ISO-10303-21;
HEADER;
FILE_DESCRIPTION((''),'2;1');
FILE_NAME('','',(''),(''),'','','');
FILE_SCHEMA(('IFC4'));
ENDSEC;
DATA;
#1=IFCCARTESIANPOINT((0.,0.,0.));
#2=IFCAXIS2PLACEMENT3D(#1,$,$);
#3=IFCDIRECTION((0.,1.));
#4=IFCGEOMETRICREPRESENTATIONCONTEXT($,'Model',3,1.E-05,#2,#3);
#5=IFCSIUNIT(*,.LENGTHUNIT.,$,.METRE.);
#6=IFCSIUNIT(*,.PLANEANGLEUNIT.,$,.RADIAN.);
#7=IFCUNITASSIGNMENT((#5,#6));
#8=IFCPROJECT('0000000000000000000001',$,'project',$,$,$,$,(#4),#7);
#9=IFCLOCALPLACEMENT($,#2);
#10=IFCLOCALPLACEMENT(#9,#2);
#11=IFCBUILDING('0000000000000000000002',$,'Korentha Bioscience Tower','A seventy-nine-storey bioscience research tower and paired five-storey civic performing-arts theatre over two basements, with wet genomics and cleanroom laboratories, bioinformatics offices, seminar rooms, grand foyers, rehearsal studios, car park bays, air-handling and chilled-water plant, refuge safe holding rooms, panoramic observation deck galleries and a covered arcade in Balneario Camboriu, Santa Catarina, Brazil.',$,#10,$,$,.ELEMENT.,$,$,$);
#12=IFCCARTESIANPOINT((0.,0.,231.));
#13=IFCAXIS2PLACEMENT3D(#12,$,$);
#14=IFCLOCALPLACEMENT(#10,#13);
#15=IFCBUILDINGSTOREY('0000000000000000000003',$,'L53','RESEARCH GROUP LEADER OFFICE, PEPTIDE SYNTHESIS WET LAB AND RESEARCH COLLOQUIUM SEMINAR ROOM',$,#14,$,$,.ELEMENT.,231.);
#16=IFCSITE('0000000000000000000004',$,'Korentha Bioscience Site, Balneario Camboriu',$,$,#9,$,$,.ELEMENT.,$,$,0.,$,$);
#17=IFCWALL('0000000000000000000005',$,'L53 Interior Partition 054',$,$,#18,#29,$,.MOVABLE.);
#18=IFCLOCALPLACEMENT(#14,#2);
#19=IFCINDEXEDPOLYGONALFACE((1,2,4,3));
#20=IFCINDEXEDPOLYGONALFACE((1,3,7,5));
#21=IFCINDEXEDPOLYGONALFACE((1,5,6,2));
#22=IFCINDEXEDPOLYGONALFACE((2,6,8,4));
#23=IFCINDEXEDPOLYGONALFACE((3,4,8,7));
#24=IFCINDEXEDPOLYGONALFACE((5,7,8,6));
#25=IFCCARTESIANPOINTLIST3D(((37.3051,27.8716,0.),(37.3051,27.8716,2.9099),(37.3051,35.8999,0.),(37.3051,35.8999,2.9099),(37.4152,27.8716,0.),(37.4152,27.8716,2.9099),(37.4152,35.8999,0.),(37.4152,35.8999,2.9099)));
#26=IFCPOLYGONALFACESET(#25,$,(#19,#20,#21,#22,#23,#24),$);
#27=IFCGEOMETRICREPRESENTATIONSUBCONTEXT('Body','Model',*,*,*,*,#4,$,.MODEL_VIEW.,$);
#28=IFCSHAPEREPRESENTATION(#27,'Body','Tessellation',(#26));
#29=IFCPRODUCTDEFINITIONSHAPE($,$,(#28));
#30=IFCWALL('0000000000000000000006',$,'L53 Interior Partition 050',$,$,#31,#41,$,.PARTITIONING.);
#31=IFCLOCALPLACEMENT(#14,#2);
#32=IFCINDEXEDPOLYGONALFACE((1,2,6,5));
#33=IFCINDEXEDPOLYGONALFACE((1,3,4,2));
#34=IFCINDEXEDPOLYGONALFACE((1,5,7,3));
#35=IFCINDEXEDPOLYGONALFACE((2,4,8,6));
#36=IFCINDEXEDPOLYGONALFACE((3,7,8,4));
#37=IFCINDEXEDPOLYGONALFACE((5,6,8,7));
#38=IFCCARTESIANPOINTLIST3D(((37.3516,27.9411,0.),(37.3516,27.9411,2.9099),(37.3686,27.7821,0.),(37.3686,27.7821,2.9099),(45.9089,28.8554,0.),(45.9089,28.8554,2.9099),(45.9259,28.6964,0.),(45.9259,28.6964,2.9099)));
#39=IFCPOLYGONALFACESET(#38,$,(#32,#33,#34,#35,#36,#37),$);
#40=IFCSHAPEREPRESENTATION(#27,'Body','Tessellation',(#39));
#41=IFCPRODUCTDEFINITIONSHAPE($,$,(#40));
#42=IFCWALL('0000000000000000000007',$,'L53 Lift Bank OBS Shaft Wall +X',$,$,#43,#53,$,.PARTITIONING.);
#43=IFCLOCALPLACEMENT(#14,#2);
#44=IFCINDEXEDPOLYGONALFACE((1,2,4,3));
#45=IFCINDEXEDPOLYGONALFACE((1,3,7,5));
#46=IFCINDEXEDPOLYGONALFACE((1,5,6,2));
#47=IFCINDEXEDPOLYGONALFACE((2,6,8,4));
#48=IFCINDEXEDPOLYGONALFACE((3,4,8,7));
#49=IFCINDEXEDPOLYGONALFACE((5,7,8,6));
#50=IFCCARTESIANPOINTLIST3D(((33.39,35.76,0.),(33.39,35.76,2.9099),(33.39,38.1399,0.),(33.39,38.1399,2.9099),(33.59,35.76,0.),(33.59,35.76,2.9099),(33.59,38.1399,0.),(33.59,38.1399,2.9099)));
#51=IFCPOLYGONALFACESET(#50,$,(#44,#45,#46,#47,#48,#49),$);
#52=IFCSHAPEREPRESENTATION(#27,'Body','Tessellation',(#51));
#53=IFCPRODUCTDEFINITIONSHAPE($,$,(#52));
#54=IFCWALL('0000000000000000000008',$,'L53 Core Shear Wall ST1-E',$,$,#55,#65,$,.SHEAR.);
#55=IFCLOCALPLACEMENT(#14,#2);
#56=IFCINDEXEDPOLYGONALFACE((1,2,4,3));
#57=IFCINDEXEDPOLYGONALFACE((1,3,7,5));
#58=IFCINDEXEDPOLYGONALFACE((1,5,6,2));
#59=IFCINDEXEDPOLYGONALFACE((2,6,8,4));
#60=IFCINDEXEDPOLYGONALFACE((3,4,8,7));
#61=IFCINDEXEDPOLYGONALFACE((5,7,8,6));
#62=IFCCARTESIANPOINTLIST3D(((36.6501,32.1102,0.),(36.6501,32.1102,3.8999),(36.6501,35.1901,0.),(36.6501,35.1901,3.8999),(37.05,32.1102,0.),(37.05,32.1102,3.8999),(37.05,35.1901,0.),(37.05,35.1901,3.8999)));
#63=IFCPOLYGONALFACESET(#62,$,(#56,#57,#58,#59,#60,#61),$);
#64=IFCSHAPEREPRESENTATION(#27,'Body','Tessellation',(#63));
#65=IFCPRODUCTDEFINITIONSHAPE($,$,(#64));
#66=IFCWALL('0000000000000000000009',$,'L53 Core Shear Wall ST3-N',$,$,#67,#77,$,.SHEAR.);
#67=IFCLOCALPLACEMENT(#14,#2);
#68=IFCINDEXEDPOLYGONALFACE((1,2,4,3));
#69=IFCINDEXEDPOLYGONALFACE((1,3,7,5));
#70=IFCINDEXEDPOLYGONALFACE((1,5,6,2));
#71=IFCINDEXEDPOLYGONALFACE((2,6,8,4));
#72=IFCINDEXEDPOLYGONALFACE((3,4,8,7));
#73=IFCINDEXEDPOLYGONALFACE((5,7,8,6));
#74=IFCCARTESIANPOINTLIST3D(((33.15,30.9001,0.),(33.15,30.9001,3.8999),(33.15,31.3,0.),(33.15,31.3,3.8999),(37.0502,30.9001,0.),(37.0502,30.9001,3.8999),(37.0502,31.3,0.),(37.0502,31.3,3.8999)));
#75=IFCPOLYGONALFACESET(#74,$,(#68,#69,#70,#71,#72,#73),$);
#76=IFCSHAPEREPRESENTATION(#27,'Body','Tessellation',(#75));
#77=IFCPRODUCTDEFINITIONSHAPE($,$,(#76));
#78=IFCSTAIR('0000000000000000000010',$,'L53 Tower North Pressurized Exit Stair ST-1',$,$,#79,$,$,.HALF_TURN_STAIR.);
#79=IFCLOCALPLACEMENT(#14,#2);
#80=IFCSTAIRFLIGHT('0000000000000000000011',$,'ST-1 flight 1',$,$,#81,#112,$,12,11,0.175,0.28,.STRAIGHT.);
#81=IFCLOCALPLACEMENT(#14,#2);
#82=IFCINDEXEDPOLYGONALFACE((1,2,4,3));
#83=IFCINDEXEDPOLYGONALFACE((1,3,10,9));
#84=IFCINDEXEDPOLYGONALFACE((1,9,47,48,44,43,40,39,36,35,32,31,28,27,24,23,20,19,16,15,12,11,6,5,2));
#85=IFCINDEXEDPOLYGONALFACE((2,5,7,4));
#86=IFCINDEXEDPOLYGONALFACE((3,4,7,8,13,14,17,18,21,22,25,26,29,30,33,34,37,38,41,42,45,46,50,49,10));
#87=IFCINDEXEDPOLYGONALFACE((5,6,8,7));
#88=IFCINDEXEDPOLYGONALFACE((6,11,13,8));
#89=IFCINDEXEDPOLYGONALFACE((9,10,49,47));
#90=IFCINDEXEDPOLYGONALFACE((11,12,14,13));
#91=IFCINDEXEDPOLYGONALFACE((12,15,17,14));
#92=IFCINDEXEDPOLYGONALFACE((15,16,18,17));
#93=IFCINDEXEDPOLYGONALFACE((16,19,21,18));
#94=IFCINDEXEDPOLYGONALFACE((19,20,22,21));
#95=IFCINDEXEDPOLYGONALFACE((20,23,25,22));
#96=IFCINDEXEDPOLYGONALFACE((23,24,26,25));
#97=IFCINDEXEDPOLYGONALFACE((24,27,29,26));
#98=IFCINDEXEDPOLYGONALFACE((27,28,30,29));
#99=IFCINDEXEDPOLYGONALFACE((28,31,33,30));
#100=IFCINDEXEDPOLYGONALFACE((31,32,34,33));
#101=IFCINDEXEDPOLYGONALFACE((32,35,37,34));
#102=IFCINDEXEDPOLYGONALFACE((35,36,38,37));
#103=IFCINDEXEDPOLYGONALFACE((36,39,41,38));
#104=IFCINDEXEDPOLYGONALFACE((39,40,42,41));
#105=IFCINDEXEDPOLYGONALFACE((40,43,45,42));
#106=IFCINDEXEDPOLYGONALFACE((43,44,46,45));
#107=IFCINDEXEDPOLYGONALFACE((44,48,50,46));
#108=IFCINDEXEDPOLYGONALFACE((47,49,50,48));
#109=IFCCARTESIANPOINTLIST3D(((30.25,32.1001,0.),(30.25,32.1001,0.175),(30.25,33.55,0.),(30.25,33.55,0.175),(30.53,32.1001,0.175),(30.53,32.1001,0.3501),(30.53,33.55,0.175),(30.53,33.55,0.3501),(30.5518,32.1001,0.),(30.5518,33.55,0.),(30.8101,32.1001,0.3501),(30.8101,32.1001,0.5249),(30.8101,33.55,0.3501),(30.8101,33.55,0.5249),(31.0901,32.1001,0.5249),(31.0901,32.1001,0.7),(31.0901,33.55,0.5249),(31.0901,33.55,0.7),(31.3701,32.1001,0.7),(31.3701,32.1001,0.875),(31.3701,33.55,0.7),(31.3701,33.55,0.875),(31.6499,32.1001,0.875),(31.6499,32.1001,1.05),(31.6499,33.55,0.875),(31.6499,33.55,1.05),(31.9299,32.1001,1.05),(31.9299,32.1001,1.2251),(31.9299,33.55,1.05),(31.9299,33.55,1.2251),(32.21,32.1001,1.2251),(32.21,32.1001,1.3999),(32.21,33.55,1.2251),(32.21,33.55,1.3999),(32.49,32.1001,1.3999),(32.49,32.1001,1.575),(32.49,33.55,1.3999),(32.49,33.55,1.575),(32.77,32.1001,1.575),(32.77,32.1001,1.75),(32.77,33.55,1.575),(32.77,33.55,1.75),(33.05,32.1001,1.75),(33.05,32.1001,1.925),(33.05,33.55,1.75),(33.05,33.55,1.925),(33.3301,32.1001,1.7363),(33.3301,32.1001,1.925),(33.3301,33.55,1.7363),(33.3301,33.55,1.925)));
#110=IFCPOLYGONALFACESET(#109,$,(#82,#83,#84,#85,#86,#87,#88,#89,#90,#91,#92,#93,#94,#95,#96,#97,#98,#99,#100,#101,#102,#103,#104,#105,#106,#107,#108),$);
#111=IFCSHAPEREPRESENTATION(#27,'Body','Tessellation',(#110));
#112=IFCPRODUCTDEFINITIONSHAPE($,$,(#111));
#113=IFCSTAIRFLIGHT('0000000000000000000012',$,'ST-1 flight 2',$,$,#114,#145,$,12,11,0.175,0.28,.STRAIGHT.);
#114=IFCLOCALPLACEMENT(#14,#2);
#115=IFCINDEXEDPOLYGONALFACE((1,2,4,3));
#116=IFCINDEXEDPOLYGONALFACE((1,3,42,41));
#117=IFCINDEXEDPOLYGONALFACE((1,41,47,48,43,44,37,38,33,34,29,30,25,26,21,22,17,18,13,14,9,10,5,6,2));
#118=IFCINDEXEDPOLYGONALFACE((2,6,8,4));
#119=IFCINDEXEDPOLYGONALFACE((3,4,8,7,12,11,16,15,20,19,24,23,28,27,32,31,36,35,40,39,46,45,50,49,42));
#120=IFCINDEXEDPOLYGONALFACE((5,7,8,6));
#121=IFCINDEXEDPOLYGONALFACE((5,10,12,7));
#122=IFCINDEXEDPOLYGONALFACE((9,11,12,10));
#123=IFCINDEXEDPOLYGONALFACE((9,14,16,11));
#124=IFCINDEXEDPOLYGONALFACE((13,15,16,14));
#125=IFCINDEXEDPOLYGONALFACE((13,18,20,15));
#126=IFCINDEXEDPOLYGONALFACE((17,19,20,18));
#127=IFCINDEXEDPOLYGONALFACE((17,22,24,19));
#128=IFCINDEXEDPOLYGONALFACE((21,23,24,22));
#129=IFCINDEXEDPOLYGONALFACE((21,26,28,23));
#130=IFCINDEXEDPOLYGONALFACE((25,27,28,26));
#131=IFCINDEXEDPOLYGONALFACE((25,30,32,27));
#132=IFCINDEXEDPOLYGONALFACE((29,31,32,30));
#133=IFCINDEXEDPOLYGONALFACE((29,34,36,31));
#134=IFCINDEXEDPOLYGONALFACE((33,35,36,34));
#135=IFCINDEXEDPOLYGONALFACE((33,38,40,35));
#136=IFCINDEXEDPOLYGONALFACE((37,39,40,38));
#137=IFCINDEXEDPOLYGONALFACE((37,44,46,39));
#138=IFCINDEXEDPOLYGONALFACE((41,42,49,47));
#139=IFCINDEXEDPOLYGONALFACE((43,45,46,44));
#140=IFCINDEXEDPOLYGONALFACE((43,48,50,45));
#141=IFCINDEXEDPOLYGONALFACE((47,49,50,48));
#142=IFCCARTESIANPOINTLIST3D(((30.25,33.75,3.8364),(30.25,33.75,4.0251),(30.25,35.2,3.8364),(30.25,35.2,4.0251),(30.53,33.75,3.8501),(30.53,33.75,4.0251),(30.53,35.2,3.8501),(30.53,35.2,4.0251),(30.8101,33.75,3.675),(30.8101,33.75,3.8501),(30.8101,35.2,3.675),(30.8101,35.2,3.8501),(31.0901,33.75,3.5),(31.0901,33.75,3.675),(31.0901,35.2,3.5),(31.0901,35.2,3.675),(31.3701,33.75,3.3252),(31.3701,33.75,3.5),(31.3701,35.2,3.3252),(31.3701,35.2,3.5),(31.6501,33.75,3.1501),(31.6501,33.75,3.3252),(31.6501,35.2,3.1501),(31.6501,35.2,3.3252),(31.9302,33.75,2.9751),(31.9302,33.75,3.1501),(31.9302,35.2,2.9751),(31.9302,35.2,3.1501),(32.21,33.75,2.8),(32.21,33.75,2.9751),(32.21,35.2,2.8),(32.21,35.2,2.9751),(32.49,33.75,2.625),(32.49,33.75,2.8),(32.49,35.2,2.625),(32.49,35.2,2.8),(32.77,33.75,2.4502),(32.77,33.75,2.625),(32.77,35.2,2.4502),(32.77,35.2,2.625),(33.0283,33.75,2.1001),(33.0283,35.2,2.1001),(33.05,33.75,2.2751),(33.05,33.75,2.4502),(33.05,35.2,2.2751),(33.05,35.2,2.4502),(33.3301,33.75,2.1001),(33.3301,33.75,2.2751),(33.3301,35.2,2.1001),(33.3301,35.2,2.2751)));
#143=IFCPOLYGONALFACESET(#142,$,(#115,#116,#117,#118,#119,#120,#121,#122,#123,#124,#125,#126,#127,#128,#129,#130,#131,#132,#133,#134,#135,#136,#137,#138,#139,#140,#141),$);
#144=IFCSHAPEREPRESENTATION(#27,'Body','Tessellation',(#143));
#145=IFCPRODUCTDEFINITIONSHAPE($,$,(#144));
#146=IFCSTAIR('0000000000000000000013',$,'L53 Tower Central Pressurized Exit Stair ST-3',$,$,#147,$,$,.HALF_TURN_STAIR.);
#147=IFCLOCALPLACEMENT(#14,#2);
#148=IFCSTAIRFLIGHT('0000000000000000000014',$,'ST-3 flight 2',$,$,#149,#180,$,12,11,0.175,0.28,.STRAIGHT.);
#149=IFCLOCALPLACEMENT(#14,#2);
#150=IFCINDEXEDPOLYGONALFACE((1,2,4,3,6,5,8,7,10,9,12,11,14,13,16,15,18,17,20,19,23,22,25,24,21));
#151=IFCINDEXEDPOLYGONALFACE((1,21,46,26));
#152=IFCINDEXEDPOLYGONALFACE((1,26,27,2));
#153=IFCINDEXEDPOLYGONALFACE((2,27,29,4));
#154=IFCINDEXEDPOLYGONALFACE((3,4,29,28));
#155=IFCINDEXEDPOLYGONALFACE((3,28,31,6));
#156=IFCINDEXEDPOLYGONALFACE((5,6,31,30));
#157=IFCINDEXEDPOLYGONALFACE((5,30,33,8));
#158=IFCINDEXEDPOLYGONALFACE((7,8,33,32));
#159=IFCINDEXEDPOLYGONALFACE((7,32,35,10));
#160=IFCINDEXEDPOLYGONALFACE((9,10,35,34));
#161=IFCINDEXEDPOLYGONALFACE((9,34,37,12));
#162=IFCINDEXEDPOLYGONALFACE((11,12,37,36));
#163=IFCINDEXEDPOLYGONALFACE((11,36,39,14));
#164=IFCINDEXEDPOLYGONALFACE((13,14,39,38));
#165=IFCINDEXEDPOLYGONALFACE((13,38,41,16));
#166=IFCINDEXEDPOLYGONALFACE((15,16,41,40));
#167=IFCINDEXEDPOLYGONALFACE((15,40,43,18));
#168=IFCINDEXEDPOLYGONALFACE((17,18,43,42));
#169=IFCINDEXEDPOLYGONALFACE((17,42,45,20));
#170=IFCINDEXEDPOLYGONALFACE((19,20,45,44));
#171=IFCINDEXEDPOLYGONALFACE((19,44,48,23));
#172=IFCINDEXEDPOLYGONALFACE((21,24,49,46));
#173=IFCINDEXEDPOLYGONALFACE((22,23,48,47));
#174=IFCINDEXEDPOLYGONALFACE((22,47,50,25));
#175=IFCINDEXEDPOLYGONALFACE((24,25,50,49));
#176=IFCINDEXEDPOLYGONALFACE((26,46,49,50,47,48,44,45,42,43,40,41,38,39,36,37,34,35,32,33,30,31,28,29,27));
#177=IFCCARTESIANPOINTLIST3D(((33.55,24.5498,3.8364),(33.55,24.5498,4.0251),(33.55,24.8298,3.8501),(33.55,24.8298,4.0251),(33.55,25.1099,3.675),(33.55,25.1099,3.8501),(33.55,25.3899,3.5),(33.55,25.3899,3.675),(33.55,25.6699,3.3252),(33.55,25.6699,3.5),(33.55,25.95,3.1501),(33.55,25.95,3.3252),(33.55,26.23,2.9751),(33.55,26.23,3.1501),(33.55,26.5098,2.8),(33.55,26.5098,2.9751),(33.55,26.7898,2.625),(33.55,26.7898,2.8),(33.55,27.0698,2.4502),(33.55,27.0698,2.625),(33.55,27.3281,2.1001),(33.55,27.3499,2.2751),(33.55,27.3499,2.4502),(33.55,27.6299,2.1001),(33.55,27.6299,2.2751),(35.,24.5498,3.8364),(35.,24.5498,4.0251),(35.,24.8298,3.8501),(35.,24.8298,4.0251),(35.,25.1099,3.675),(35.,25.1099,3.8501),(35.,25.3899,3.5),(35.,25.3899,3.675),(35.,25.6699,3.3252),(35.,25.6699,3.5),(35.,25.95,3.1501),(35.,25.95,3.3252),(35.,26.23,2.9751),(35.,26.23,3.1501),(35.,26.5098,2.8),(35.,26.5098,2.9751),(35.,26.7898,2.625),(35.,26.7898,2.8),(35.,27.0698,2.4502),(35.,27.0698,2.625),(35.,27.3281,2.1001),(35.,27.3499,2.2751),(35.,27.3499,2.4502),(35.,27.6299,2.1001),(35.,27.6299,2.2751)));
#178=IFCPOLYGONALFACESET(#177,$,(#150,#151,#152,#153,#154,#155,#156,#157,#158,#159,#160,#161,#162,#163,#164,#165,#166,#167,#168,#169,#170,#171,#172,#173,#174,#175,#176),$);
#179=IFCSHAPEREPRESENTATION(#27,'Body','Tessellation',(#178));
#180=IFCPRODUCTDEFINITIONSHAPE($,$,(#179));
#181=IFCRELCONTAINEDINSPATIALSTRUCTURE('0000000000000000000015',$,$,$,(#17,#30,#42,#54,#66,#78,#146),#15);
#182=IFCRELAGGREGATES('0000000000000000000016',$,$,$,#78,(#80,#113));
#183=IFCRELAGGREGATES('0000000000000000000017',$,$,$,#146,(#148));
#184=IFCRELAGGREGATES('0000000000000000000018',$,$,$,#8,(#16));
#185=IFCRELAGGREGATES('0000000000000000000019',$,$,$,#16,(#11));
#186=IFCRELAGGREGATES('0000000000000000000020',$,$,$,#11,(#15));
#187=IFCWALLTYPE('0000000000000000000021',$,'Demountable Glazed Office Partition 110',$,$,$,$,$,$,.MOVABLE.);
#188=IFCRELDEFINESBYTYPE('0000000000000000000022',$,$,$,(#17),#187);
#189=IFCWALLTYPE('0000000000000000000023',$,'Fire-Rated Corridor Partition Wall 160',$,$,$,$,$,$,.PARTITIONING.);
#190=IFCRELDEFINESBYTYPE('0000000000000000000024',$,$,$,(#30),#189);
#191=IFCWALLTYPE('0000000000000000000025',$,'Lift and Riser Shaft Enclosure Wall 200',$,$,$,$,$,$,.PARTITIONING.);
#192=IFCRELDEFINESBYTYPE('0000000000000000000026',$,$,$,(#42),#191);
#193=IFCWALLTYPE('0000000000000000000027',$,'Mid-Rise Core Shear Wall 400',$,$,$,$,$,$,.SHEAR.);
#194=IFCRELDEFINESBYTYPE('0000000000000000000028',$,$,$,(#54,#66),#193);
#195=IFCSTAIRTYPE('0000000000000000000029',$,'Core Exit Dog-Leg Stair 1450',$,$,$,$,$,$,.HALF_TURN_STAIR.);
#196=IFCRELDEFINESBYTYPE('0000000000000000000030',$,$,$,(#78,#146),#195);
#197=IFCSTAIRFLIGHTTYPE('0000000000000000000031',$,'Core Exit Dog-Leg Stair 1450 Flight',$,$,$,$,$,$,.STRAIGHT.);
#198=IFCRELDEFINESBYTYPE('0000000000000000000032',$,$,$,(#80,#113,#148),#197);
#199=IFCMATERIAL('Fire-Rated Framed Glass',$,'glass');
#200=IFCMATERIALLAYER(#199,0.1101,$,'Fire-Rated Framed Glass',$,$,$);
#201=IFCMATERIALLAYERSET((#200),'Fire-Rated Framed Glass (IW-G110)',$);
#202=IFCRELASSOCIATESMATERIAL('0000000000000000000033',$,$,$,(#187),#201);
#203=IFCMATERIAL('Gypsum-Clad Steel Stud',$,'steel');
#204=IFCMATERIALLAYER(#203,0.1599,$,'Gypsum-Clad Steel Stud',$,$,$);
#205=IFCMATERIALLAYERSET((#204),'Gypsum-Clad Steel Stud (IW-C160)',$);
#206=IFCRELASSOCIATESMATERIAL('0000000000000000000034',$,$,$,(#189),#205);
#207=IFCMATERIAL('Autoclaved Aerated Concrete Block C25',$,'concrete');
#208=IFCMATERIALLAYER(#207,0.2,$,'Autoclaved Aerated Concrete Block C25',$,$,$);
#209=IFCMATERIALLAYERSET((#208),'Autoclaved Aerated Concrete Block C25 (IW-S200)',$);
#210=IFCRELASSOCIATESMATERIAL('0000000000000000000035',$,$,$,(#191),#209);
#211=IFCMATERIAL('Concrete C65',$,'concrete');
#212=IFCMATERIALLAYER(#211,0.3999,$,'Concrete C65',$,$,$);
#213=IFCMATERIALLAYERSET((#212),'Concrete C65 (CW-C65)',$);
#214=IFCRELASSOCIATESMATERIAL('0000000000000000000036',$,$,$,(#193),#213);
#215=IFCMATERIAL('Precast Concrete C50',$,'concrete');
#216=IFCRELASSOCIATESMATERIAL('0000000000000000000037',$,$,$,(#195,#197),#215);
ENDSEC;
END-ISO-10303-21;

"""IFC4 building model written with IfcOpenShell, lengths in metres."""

from ifc_helpers import new_model, si_unit, direction, frame, frame_2d, origin, place, context, subcontext, project, spatial, polyline, rectangle, outline, extrude, material, layer, layer_set, type_object, element, aggregate, save


model = new_model("IFC4")

# Units and contexts
model_context = context("Model", 3, precision=1e-05, world=origin(), true_north=direction((0.0, 1.0)))
body_context = subcontext(model_context, "Body", "Model", "MODEL_VIEW")
ifc_project = project(units=[si_unit("LENGTHUNIT", "METRE"), si_unit("PLANEANGLEUNIT", "RADIAN")], contexts=[model_context])

# Site, building, storey
site_placement = place(None, origin())
site = spatial("IfcSite", under=ifc_project, at=site_placement, Name="Korentha Bioscience Site, Balneario Camboriu", CompositionType="ELEMENT", RefElevation=0.0)
building_placement = place(site_placement, origin())
building = spatial("IfcBuilding", under=site, at=building_placement, Name="Korentha Bioscience Tower", Description="A seventy-nine-storey bioscience research tower and paired five-storey civic performing-arts theatre over two basements, with wet genomics and cleanroom laboratories, bioinformatics offices, seminar rooms, grand foyers, rehearsal studios, car park bays, air-handling and chilled-water plant, refuge safe holding rooms, panoramic observation deck galleries and a covered arcade in Balneario Camboriu, Santa Catarina, Brazil.", CompositionType="ELEMENT")
storey_placement = place(building_placement, frame((0.0, 0.0, 231.0)))
storey = spatial("IfcBuildingStorey", under=building, at=storey_placement, Name="L53", Description="RESEARCH GROUP LEADER OFFICE, PEPTIDE SYNTHESIS WET LAB AND RESEARCH COLLOQUIUM SEMINAR ROOM", CompositionType="ELEMENT", Elevation=231.0)

# Shared definitions
ifc_material_1 = material(Name="Concrete C65", Category="concrete")

# Walls
ifc_material_2 = material(Name="Fire-Rated Framed Glass", Category="glass")
ifc_layer_1 = layer(ifc_material_2, 0.1101, Name="Fire-Rated Framed Glass")
ifc_layer_set_1 = layer_set([ifc_layer_1], Name="Fire-Rated Framed Glass (IW-G110)")
wall_type_1 = type_object("IfcWallType", Name="Demountable Glazed Office Partition 110", PredefinedType="MOVABLE", material=ifc_layer_set_1)
wall_1_placement = place(storey_placement, frame((37.3601, 27.8716, 0.0), z_axis=(0.0, 0.0, 1.0), x_axis=(0.0, 1.0, 0.0)))
element("IfcWall", 1, at=wall_1_placement, inside=storey, type_object=wall_type_1, Name="L53 Interior Partition 054", PredefinedType="MOVABLE", context=body_context, shape_type="SweptSolid", body=[
    extrude(rectangle(XDim=8.0283, YDim=0.1101, at=frame_2d((4.0142, 0.0))), origin(), (0.0, 0.0, 1.0), 2.9099),
])
ifc_material_3 = material(Name="Gypsum-Clad Steel Stud", Category="steel")
ifc_layer_2 = layer(ifc_material_3, 0.1599, Name="Gypsum-Clad Steel Stud")
ifc_layer_set_2 = layer_set([ifc_layer_2], Name="Gypsum-Clad Steel Stud (IW-C160)")
wall_type_2 = type_object("IfcWallType", Name="Fire-Rated Corridor Partition Wall 160", PredefinedType="PARTITIONING", material=ifc_layer_set_2)
wall_2_placement = place(storey_placement, frame((37.3601, 27.8616, 0.0), z_axis=(0.0, 0.0, 1.0), x_axis=(0.994341, 0.10624, 0.0)))
element("IfcWall", 2, at=wall_2_placement, inside=storey, type_object=wall_type_2, Name="L53 Interior Partition 050", PredefinedType="PARTITIONING", context=body_context, shape_type="SweptSolid", body=[
    extrude(rectangle(XDim=8.606, YDim=0.1599, at=frame_2d((4.303, 0.0))), origin(), (0.0, 0.0, 1.0), 2.9099),
])
ifc_material_4 = material(Name="Autoclaved Aerated Concrete Block C25", Category="concrete")
ifc_layer_3 = layer(ifc_material_4, 0.2, Name="Autoclaved Aerated Concrete Block C25")
ifc_layer_set_3 = layer_set([ifc_layer_3], Name="Autoclaved Aerated Concrete Block C25 (IW-S200)")
wall_type_3 = type_object("IfcWallType", Name="Lift and Riser Shaft Enclosure Wall 200", PredefinedType="PARTITIONING", material=ifc_layer_set_3)
wall_3_placement = place(storey_placement, frame((33.49, 35.76, 0.0), z_axis=(0.0, 0.0, 1.0), x_axis=(0.0, 1.0, 0.0)))
element("IfcWall", 3, at=wall_3_placement, inside=storey, type_object=wall_type_3, Name="L53 Lift Bank OBS Shaft Wall +X", PredefinedType="PARTITIONING", context=body_context, shape_type="SweptSolid", body=[
    extrude(rectangle(XDim=2.3799, YDim=0.2, at=frame_2d((1.1899, 0.0))), origin(), (0.0, 0.0, 1.0), 2.9099),
])
ifc_layer_4 = layer(ifc_material_1, 0.3999, Name="Concrete C65")
ifc_layer_set_4 = layer_set([ifc_layer_4], Name="Concrete C65 (CW-C65)")
wall_type_4 = type_object("IfcWallType", Name="Mid-Rise Core Shear Wall 400", PredefinedType="SHEAR", material=ifc_layer_set_4)
wall_4_placement = place(storey_placement, frame((36.8501, 32.1101, 0.0), z_axis=(0.0, 0.0, 1.0), x_axis=(0.0, 1.0, 0.0)))
element("IfcWall", 4, at=wall_4_placement, inside=storey, type_object=wall_type_4, Name="L53 Core Shear Wall ST1-E", PredefinedType="SHEAR", context=body_context, shape_type="SweptSolid", body=[
    extrude(rectangle(XDim=3.0798, YDim=0.3999, at=frame_2d((1.54, 0.0))), origin(), (0.0, 0.0, 1.0), 3.8999),
])
wall_5_placement = place(storey_placement, frame((33.1499, 31.1001, 0.0), z_axis=(0.0, 0.0, 1.0), x_axis=(1.0, 0.0, 0.0)))
element("IfcWall", 5, at=wall_5_placement, inside=storey, type_object=wall_type_4, Name="L53 Core Shear Wall ST3-N", PredefinedType="SHEAR", context=body_context, shape_type="SweptSolid", body=[
    extrude(rectangle(XDim=3.9001, YDim=0.3999, at=frame_2d((1.9502, 0.0))), origin(), (0.0, 0.0, 1.0), 3.8999),
])

# Stair, stair flights
ifc_material_5 = material(Name="Precast Concrete C50", Category="concrete")
stair_type = type_object("IfcStairType", Name="Core Exit Dog-Leg Stair 1450", PredefinedType="HALF_TURN_STAIR", material=ifc_material_5)
stair_1_placement = place(storey_placement, origin())
stair_1 = element("IfcStair", 6, at=stair_1_placement, inside=storey, type_object=stair_type, Name="L53 Tower North Pressurized Exit Stair ST-1", PredefinedType="HALF_TURN_STAIR")
stair_flight_type = type_object("IfcStairFlightType", Name="Core Exit Dog-Leg Stair 1450 Flight", PredefinedType="STRAIGHT", material=ifc_material_5)
stair_flight_1_placement = place(storey_placement, frame((30.25, 32.825, 0.0), z_axis=(0.0, 0.0, 1.0), x_axis=(1.0, 0.0, 0.0)))
stair_flight_1 = element("IfcStairFlight", 7, at=stair_flight_1_placement, type_object=stair_flight_type, Name="ST-1 flight 1", NumberOfRisers=12, NumberOfTreads=11, PredefinedType="STRAIGHT", RiserHeight=0.175, TreadLength=0.28, context=body_context, shape_type="SweptSolid", body=[
    extrude(outline(polyline([(0.0, 0.0), (0.0, 0.175), (0.28, 0.175), (0.28, 0.3501), (0.5601, 0.3501), (0.5601, 0.5249), (0.8401, 0.5249), (0.8401, 0.7), (1.1201, 0.7), (1.1201, 0.875), (1.3999, 0.875), (1.3999, 1.05), (1.6799, 1.05), (1.6799, 1.2251), (1.96, 1.2251), (1.96, 1.3999), (2.24, 1.3999), (2.24, 1.575), (2.52, 1.575), (2.52, 1.75), (2.8, 1.75), (2.8, 1.925), (3.0801, 1.925), (3.0801, 2.1001), (3.0801, 1.7363), (0.3018, 0.0), (0.0, 0.0)])), frame((0.0, 0.7251, 0.0), z_axis=(0.0, -1.0, 0.0), x_axis=(1.0, 0.0, 0.0)), (0.0, 0.0, 1.0), 1.45),
])
stair_flight_2_placement = place(storey_placement, frame((33.3301, 34.4751, 2.1001), z_axis=(0.0, 0.0, 1.0), x_axis=(-1.0, 0.0, 0.0)))
stair_flight_2 = element("IfcStairFlight", 8, at=stair_flight_2_placement, type_object=stair_flight_type, Name="ST-1 flight 2", NumberOfRisers=12, NumberOfTreads=11, PredefinedType="STRAIGHT", RiserHeight=0.175, TreadLength=0.28, context=body_context, shape_type="SweptSolid", body=[
    extrude(outline(polyline([(0.0, 0.0), (0.0, 0.175), (0.28, 0.175), (0.28, 0.3501), (0.5601, 0.3501), (0.5601, 0.5249), (0.8401, 0.5249), (0.8401, 0.7), (1.1201, 0.7), (1.1201, 0.875), (1.3999, 0.875), (1.3999, 1.05), (1.6799, 1.05), (1.6799, 1.2251), (1.96, 1.2251), (1.96, 1.3999), (2.24, 1.3999), (2.24, 1.575), (2.52, 1.575), (2.52, 1.75), (2.8, 1.75), (2.8, 1.925), (3.0801, 1.925), (3.0801, 2.1001), (3.0801, 1.7363), (0.3018, 0.0), (0.0, 0.0)])), frame((0.0, 0.7251, 0.0), z_axis=(0.0, -1.0, 0.0), x_axis=(1.0, 0.0, 0.0)), (0.0, 0.0, 1.0), 1.45),
])
aggregate(stair_1, [stair_flight_1, stair_flight_2])

# Stair, stair flight
stair_2_placement = place(storey_placement, origin())
stair_2 = element("IfcStair", 9, at=stair_2_placement, inside=storey, type_object=stair_type, Name="L53 Tower Central Pressurized Exit Stair ST-3", PredefinedType="HALF_TURN_STAIR")
stair_flight_3_placement = place(storey_placement, frame((34.2749, 27.6299, 2.1001), z_axis=(0.0, 0.0, 1.0), x_axis=(0.0, -1.0, 0.0)))
stair_flight_3 = element("IfcStairFlight", 10, at=stair_flight_3_placement, type_object=stair_flight_type, Name="ST-3 flight 2", NumberOfRisers=12, NumberOfTreads=11, PredefinedType="STRAIGHT", RiserHeight=0.175, TreadLength=0.28, context=body_context, shape_type="SweptSolid", body=[
    extrude(outline(polyline([(0.0, 0.0), (0.0, 0.175), (0.28, 0.175), (0.28, 0.3501), (0.5601, 0.3501), (0.5601, 0.5249), (0.8401, 0.5249), (0.8401, 0.7), (1.1201, 0.7), (1.1201, 0.875), (1.3999, 0.875), (1.3999, 1.05), (1.6799, 1.05), (1.6799, 1.2251), (1.96, 1.2251), (1.96, 1.3999), (2.24, 1.3999), (2.24, 1.575), (2.52, 1.575), (2.52, 1.75), (2.8, 1.75), (2.8, 1.925), (3.0801, 1.925), (3.0801, 2.1001), (3.0801, 1.7363), (0.3018, 0.0), (0.0, 0.0)])), frame((0.0, 0.7251, 0.0), z_axis=(0.0, -1.0, 0.0), x_axis=(1.0, 0.0, 0.0)), (0.0, 0.0, 1.0), 1.45),
])
aggregate(stair_2, [stair_flight_3])

save(model, "model.ifc")
